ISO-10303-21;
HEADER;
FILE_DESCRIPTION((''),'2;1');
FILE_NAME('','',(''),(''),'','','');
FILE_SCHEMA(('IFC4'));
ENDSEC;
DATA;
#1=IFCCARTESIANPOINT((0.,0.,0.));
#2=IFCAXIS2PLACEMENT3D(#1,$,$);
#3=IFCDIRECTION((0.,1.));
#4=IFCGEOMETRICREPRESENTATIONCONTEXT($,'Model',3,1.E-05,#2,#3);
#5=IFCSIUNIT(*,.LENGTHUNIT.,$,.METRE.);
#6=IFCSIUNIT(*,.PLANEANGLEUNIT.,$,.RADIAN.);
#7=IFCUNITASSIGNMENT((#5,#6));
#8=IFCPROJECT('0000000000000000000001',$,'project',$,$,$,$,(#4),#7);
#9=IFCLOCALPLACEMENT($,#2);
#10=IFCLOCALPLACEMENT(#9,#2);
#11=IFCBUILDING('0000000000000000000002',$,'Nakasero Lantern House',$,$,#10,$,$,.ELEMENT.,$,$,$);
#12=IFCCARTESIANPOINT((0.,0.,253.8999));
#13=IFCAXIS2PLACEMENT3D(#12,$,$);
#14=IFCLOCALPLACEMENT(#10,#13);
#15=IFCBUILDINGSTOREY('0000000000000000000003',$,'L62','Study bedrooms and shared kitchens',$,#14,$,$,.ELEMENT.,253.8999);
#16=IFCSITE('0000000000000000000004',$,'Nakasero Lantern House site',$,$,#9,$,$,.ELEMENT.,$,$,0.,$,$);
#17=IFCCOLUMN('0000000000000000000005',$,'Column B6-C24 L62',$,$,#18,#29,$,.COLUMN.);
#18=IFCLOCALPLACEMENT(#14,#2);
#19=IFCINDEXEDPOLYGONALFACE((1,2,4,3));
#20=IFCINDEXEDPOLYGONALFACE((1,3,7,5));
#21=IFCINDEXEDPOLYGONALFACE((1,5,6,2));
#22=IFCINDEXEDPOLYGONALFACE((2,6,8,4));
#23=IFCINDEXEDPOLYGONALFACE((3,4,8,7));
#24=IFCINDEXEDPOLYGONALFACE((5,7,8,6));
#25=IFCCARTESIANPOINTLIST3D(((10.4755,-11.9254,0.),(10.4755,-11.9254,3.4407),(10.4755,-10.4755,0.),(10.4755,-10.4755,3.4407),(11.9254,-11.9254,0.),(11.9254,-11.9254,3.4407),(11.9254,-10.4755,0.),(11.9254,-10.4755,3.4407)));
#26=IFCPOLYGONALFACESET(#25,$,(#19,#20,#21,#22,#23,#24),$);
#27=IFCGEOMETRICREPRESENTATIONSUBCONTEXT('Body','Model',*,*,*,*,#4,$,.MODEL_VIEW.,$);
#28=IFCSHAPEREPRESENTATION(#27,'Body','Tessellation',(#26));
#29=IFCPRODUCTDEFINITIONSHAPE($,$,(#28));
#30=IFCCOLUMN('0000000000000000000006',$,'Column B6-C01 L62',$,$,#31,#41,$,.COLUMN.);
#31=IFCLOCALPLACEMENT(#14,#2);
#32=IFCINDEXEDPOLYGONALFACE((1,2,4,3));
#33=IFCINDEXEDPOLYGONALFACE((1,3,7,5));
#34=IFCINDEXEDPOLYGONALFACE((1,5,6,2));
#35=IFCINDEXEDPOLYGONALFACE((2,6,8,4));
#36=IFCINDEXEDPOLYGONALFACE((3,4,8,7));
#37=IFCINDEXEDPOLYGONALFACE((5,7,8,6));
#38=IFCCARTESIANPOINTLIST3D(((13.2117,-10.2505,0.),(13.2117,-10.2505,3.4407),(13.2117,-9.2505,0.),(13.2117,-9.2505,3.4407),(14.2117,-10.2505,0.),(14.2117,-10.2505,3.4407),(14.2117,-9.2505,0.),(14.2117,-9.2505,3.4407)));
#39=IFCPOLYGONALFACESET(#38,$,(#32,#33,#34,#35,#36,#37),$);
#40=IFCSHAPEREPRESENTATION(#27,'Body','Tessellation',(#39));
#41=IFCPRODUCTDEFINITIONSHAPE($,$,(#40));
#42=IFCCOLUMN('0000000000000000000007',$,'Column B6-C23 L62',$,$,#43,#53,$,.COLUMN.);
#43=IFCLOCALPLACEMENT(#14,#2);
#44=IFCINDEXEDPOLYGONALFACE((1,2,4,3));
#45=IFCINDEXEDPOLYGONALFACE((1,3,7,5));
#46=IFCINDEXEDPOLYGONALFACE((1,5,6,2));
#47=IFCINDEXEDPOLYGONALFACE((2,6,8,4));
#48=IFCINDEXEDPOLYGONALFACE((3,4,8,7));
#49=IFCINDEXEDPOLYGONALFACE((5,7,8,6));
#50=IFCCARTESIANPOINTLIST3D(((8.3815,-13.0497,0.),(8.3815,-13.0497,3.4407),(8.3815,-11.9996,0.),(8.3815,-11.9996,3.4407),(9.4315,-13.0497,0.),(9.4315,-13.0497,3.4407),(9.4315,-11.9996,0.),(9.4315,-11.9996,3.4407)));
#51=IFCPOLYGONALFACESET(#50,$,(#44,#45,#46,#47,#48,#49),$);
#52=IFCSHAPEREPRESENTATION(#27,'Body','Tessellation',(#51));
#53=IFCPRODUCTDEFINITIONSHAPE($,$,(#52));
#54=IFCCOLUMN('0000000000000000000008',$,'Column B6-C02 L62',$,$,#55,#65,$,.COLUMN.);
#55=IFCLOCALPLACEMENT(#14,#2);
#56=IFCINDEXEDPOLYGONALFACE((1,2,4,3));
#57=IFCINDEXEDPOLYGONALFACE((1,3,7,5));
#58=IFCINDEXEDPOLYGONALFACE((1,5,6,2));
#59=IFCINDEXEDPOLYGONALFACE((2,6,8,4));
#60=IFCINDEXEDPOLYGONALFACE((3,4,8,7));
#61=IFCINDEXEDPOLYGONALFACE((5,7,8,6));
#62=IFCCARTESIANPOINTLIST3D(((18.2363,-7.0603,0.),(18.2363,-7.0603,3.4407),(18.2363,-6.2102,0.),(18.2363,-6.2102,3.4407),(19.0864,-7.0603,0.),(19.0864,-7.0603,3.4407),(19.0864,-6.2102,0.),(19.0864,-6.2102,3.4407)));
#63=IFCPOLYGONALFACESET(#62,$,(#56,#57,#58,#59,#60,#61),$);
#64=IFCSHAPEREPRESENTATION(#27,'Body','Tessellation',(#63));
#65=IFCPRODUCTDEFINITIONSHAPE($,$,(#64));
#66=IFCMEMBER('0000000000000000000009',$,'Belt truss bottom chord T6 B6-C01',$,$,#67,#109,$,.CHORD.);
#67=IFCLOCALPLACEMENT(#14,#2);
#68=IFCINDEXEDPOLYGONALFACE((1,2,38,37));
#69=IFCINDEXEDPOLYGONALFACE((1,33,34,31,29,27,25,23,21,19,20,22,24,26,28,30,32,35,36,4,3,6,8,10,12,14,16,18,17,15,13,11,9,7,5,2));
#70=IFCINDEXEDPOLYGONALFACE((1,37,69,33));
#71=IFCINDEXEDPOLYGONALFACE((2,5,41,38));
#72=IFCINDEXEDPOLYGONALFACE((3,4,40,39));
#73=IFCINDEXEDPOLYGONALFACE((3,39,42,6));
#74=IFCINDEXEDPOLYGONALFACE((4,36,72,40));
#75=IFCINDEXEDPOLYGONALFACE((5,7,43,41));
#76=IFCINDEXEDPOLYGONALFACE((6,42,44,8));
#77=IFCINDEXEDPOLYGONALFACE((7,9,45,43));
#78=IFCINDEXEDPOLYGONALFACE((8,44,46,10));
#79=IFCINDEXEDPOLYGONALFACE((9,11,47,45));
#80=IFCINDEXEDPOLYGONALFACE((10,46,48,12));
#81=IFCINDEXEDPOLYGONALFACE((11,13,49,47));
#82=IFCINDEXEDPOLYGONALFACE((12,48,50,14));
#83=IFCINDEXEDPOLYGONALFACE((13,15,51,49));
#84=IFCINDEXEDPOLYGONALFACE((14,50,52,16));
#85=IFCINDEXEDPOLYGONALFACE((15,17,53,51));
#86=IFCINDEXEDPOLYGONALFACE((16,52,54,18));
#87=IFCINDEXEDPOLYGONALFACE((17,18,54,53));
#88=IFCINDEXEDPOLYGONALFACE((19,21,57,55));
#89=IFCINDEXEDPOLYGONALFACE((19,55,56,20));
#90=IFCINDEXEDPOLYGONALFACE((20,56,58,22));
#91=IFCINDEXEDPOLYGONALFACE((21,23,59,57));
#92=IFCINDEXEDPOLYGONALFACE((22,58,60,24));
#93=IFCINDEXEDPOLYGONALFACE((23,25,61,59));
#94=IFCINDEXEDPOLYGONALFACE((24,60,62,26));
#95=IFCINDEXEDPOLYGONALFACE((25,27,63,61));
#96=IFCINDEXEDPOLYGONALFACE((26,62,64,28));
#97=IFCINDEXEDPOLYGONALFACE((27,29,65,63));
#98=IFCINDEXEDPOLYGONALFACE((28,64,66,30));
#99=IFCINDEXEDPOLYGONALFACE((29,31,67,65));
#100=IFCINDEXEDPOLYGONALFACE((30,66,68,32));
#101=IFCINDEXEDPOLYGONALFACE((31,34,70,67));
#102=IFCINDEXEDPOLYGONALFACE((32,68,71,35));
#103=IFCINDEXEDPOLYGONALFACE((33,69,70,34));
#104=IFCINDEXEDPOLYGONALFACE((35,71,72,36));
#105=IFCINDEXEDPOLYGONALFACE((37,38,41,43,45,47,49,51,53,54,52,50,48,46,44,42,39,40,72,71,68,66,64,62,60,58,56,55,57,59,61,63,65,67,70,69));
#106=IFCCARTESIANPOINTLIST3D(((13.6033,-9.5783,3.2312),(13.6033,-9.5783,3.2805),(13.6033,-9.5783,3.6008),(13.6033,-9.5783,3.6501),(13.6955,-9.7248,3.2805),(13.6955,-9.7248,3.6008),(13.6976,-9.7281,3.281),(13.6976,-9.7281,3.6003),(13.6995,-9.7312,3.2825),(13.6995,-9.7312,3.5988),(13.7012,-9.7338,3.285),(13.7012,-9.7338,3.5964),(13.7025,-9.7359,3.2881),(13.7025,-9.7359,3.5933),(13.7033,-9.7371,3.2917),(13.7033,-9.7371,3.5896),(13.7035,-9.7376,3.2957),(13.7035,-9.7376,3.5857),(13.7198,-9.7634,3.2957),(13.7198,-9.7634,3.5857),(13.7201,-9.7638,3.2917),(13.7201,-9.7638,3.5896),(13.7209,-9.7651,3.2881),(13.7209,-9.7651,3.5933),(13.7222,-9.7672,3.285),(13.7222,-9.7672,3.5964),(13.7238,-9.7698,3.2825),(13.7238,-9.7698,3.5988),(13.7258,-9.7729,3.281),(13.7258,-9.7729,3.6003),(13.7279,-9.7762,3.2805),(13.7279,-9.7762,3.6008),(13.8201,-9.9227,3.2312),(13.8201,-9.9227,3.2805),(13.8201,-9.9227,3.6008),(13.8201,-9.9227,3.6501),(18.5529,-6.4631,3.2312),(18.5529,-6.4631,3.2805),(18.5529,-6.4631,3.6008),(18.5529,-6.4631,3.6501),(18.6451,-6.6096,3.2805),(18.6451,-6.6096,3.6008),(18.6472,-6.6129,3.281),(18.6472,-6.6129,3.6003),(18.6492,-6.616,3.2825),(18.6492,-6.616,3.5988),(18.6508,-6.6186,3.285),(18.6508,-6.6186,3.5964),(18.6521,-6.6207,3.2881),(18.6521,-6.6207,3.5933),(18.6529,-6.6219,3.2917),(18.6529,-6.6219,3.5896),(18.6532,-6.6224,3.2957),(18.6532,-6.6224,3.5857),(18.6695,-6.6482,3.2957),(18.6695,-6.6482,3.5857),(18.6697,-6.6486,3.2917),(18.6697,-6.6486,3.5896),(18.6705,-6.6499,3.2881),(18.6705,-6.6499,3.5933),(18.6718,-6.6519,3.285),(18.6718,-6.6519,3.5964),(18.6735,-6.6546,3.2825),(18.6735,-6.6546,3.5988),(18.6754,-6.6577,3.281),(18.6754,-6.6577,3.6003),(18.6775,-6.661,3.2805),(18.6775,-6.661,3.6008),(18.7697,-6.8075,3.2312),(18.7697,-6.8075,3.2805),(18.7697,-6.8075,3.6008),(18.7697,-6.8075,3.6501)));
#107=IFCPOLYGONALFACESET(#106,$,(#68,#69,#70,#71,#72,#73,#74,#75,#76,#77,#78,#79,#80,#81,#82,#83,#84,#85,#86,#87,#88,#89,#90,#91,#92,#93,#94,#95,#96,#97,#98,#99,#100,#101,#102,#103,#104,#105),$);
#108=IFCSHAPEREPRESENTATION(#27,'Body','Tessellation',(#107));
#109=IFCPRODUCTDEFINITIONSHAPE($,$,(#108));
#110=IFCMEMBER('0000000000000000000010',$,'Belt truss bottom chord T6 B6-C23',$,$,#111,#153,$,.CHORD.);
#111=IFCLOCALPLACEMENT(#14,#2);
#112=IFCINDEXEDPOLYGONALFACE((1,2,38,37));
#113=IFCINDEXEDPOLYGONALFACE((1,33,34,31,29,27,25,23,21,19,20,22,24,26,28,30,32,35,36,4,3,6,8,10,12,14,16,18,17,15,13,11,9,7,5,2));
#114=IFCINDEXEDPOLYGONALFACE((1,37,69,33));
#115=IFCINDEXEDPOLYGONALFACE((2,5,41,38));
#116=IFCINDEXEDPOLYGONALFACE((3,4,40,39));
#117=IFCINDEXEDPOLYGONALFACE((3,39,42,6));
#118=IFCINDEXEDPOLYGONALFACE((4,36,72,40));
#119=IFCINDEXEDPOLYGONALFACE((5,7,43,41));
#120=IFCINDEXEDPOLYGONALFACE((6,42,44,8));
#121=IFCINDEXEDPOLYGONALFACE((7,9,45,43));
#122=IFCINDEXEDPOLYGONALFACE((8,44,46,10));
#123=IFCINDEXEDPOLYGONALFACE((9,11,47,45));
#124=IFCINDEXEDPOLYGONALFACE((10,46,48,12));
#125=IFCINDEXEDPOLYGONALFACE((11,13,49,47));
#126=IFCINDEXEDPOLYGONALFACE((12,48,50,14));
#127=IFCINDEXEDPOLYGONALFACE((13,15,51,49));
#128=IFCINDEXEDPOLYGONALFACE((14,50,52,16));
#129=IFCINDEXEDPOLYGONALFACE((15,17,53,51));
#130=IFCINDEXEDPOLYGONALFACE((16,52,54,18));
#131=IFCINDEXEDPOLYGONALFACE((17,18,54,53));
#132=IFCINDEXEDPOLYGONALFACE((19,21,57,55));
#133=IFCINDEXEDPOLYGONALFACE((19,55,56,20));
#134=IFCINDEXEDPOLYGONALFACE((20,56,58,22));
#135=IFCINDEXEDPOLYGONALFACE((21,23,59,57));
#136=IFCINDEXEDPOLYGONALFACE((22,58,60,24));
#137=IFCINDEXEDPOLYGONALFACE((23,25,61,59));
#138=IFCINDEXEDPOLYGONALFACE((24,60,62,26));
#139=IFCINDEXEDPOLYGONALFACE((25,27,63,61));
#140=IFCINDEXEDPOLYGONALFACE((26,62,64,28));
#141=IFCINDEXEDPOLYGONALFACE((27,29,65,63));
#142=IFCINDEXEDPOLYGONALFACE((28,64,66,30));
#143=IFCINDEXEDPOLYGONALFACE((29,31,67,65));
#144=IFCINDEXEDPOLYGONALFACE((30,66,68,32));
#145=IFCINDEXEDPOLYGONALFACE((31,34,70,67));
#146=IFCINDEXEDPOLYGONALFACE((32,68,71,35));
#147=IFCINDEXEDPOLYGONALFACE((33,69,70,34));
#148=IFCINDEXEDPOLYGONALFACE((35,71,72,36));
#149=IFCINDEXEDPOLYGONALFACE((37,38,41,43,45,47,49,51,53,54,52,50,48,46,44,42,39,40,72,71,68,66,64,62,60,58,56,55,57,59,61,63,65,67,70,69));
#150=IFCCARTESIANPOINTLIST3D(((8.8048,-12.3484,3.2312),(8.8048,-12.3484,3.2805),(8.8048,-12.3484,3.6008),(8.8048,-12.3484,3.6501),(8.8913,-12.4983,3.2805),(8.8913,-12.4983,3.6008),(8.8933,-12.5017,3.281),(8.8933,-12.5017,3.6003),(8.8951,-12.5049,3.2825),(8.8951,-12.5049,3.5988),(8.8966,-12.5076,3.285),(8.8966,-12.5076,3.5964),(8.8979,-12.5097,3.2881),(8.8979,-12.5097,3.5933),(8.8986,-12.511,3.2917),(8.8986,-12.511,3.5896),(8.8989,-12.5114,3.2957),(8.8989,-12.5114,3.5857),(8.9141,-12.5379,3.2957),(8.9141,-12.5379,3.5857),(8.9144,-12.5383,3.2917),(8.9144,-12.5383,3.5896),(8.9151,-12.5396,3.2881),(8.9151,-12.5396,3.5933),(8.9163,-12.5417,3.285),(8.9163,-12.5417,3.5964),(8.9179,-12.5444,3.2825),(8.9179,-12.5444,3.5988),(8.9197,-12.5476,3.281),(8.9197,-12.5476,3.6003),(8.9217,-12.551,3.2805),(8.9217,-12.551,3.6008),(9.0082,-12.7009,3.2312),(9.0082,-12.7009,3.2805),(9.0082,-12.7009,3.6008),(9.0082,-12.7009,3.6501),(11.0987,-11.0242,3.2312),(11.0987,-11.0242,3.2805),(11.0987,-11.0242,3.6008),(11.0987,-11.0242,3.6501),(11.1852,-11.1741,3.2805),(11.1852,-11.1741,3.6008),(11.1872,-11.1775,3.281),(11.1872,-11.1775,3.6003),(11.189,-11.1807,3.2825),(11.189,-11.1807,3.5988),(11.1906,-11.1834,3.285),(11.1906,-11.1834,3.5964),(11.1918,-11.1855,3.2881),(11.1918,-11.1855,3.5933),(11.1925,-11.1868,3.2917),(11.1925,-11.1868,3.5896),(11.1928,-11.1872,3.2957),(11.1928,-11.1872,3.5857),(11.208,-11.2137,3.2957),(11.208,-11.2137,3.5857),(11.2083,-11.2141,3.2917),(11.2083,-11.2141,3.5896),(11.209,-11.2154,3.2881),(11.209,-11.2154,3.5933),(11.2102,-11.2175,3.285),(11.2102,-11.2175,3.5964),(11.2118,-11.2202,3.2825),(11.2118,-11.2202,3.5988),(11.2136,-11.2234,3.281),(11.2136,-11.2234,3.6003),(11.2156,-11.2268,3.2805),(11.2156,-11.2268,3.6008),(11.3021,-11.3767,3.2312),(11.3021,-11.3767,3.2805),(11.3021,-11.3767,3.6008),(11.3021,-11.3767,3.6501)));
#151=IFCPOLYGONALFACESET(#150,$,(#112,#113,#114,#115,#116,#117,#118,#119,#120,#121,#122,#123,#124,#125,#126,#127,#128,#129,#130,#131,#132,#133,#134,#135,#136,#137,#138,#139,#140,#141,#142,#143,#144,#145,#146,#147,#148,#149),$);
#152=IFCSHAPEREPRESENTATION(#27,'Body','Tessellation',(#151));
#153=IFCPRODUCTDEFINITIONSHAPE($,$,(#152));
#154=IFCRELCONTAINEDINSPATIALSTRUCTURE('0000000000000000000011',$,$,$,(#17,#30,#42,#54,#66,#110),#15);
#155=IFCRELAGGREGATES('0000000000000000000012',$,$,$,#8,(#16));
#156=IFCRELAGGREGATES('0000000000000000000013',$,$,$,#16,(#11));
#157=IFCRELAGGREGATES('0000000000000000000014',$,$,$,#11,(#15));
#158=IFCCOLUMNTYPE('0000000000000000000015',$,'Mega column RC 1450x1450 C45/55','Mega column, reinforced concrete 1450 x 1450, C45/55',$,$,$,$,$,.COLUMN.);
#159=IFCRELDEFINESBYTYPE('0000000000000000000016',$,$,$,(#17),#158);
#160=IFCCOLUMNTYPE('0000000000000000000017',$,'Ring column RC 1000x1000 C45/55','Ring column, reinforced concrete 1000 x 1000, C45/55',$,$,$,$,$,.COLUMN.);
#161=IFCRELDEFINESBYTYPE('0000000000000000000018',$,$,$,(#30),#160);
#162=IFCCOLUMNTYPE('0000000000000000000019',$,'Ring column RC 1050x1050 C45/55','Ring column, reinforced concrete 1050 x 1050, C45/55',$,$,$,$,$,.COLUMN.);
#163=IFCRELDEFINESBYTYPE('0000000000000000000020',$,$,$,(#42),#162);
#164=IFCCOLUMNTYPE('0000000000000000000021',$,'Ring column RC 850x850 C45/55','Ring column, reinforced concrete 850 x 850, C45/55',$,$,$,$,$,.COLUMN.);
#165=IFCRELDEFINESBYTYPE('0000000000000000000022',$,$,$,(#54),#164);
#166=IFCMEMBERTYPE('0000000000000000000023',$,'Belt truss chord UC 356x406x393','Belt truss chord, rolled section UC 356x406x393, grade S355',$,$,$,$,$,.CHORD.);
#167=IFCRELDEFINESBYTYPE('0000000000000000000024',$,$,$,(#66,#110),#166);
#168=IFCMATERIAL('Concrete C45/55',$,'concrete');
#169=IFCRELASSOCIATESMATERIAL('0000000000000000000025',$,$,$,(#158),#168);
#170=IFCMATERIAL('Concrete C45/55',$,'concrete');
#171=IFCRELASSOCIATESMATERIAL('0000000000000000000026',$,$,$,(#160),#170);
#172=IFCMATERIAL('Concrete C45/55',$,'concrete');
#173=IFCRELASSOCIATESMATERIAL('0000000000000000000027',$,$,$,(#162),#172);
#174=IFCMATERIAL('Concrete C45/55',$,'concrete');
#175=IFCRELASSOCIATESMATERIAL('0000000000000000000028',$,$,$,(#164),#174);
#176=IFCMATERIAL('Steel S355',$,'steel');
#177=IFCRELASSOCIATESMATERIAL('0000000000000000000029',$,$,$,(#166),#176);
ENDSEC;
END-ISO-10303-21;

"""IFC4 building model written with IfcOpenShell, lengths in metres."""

from ifc_helpers import new_model, si_unit, direction, frame, origin, origin_2d, place, context, subcontext, project, spatial, rectangle, i_section, extrude, material, material_profile, profile_set, type_object, element, save


model = new_model("IFC4")

# Units and contexts
model_context = context("Model", 3, precision=1e-05, world=origin(), true_north=direction((0.0, 1.0)))
body_context = subcontext(model_context, "Body", "Model", "MODEL_VIEW")
ifc_project = project(units=[si_unit("LENGTHUNIT", "METRE"), si_unit("PLANEANGLEUNIT", "RADIAN")], contexts=[model_context])

# Site, building, storey
site_placement = place(None, origin())
site = spatial("IfcSite", under=ifc_project, at=site_placement, Name="Nakasero Lantern House site", CompositionType="ELEMENT", RefElevation=0.0)
building_placement = place(site_placement, origin())
building = spatial("IfcBuilding", under=site, at=building_placement, Name="Nakasero Lantern House", CompositionType="ELEMENT")
storey_placement = place(building_placement, frame((0.0, 0.0, 253.8999)))
storey = spatial("IfcBuildingStorey", under=building, at=storey_placement, Name="L62", Description="Study bedrooms and shared kitchens", CompositionType="ELEMENT", Elevation=253.8999)

# Columns
ifc_material_1 = material(Name="Concrete C45/55", Category="concrete")
ifc_material_profile_1 = material_profile(ifc_material_1, rectangle(XDim=1.45, YDim=1.45, at=origin_2d()), Name="RC 1450x1450")
ifc_profile_set_1 = profile_set([ifc_material_profile_1], Name="Concrete C45/55")
column_type_1 = type_object("IfcColumnType", Name="Mega column RC 1450x1450 C45/55", Description="Mega column, reinforced concrete 1450 x 1450, C45/55", PredefinedType="COLUMN", material=ifc_profile_set_1)
column_1_placement = place(storey_placement, frame((11.2004, -11.2004, 0.0), z_axis=(0.0, 0.0, 1.0), x_axis=(1.0, 0.0, 0.0)))
element("IfcColumn", 1, at=column_1_placement, inside=storey, type_object=column_type_1, Name="Column B6-C24 L62", PredefinedType="COLUMN", context=body_context, shape_type="SweptSolid", body=[
    extrude(rectangle(XDim=1.45, YDim=1.45, at=origin_2d()), origin(), (0.0, 0.0, 1.0), 3.4407),
])
ifc_material_2 = material(Name="Concrete C45/55", Category="concrete")
ifc_material_profile_2 = material_profile(ifc_material_2, rectangle(XDim=1.0, YDim=1.0, at=origin_2d()), Name="RC 1000x1000")
ifc_profile_set_2 = profile_set([ifc_material_profile_2], Name="Concrete C45/55")
column_type_2 = type_object("IfcColumnType", Name="Ring column RC 1000x1000 C45/55", Description="Ring column, reinforced concrete 1000 x 1000, C45/55", PredefinedType="COLUMN", material=ifc_profile_set_2)
column_2_placement = place(storey_placement, frame((13.7117, -9.7505, 0.0), z_axis=(0.0, 0.0, 1.0), x_axis=(1.0, 0.0, 0.0)))
element("IfcColumn", 2, at=column_2_placement, inside=storey, type_object=column_type_2, Name="Column B6-C01 L62", PredefinedType="COLUMN", context=body_context, shape_type="SweptSolid", body=[
    extrude(rectangle(XDim=1.0, YDim=1.0, at=origin_2d()), origin(), (0.0, 0.0, 1.0), 3.4407),
])
ifc_material_3 = material(Name="Concrete C45/55", Category="concrete")
ifc_material_profile_3 = material_profile(ifc_material_3, rectangle(XDim=1.05, YDim=1.05, at=origin_2d()), Name="RC 1050x1050")
ifc_profile_set_3 = profile_set([ifc_material_profile_3], Name="Concrete C45/55")
column_type_3 = type_object("IfcColumnType", Name="Ring column RC 1050x1050 C45/55", Description="Ring column, reinforced concrete 1050 x 1050, C45/55", PredefinedType="COLUMN", material=ifc_profile_set_3)
column_3_placement = place(storey_placement, frame((8.9065, -12.5247, 0.0), z_axis=(0.0, 0.0, 1.0), x_axis=(1.0, 0.0, 0.0)))
element("IfcColumn", 3, at=column_3_placement, inside=storey, type_object=column_type_3, Name="Column B6-C23 L62", PredefinedType="COLUMN", context=body_context, shape_type="SweptSolid", body=[
    extrude(rectangle(XDim=1.05, YDim=1.05, at=origin_2d()), origin(), (0.0, 0.0, 1.0), 3.4407),
])
ifc_material_4 = material(Name="Concrete C45/55", Category="concrete")
ifc_material_profile_4 = material_profile(ifc_material_4, rectangle(XDim=0.8501, YDim=0.8501, at=origin_2d()), Name="RC 850x850")
ifc_profile_set_4 = profile_set([ifc_material_profile_4], Name="Concrete C45/55")
column_type_4 = type_object("IfcColumnType", Name="Ring column RC 850x850 C45/55", Description="Ring column, reinforced concrete 850 x 850, C45/55", PredefinedType="COLUMN", material=ifc_profile_set_4)
column_4_placement = place(storey_placement, frame((18.6614, -6.6353, 0.0), z_axis=(0.0, 0.0, 1.0), x_axis=(1.0, 0.0, 0.0)))
element("IfcColumn", 4, at=column_4_placement, inside=storey, type_object=column_type_4, Name="Column B6-C02 L62", PredefinedType="COLUMN", context=body_context, shape_type="SweptSolid", body=[
    extrude(rectangle(XDim=0.8501, YDim=0.8501, at=origin_2d()), origin(), (0.0, 0.0, 1.0), 3.4407),
])

# Members
ifc_material_5 = material(Name="Steel S355", Category="steel")
ifc_material_profile_5 = material_profile(ifc_material_5, i_section(OverallWidth=0.407, OverallDepth=0.4189, WebThickness=0.0305, FlangeThickness=0.0493, FilletRadius=0.0151, at=origin_2d()), Name="UC 356x406x393")
ifc_profile_set_5 = profile_set([ifc_material_profile_5], Name="Steel S355")
member_type = type_object("IfcMemberType", Name="Belt truss chord UC 356x406x393", Description="Belt truss chord, rolled section UC 356x406x393, grade S355", PredefinedType="CHORD", material=ifc_profile_set_5)
member_1_placement = place(storey_placement, frame((13.7117, -9.7505, 3.4407), z_axis=(0.846329, 0.53266, 0.0), x_axis=(-0.53266, 0.846329, 0.0)))
element("IfcMember", 5, at=member_1_placement, inside=storey, type_object=member_type, Name="Belt truss bottom chord T6 B6-C01", PredefinedType="CHORD", context=body_context, shape_type="SweptSolid", body=[
    extrude(i_section(OverallWidth=0.407, OverallDepth=0.4189, WebThickness=0.0305, FlangeThickness=0.0493, FilletRadius=0.0151, at=origin_2d()), origin(), (0.0, 0.0, 1.0), 5.8484),
])
member_2_placement = place(storey_placement, frame((8.9065, -12.5247, 3.4407), z_axis=(0.866057, 0.499946, 0.0), x_axis=(-0.499946, 0.866057, 0.0)))
element("IfcMember", 6, at=member_2_placement, inside=storey, type_object=member_type, Name="Belt truss bottom chord T6 B6-C23", PredefinedType="CHORD", context=body_context, shape_type="SweptSolid", body=[
    extrude(i_section(OverallWidth=0.407, OverallDepth=0.4189, WebThickness=0.0305, FlangeThickness=0.0493, FilletRadius=0.0151, at=origin_2d()), origin(), (0.0, 0.0, 1.0), 2.6487),
])

save(model, "model.ifc")
